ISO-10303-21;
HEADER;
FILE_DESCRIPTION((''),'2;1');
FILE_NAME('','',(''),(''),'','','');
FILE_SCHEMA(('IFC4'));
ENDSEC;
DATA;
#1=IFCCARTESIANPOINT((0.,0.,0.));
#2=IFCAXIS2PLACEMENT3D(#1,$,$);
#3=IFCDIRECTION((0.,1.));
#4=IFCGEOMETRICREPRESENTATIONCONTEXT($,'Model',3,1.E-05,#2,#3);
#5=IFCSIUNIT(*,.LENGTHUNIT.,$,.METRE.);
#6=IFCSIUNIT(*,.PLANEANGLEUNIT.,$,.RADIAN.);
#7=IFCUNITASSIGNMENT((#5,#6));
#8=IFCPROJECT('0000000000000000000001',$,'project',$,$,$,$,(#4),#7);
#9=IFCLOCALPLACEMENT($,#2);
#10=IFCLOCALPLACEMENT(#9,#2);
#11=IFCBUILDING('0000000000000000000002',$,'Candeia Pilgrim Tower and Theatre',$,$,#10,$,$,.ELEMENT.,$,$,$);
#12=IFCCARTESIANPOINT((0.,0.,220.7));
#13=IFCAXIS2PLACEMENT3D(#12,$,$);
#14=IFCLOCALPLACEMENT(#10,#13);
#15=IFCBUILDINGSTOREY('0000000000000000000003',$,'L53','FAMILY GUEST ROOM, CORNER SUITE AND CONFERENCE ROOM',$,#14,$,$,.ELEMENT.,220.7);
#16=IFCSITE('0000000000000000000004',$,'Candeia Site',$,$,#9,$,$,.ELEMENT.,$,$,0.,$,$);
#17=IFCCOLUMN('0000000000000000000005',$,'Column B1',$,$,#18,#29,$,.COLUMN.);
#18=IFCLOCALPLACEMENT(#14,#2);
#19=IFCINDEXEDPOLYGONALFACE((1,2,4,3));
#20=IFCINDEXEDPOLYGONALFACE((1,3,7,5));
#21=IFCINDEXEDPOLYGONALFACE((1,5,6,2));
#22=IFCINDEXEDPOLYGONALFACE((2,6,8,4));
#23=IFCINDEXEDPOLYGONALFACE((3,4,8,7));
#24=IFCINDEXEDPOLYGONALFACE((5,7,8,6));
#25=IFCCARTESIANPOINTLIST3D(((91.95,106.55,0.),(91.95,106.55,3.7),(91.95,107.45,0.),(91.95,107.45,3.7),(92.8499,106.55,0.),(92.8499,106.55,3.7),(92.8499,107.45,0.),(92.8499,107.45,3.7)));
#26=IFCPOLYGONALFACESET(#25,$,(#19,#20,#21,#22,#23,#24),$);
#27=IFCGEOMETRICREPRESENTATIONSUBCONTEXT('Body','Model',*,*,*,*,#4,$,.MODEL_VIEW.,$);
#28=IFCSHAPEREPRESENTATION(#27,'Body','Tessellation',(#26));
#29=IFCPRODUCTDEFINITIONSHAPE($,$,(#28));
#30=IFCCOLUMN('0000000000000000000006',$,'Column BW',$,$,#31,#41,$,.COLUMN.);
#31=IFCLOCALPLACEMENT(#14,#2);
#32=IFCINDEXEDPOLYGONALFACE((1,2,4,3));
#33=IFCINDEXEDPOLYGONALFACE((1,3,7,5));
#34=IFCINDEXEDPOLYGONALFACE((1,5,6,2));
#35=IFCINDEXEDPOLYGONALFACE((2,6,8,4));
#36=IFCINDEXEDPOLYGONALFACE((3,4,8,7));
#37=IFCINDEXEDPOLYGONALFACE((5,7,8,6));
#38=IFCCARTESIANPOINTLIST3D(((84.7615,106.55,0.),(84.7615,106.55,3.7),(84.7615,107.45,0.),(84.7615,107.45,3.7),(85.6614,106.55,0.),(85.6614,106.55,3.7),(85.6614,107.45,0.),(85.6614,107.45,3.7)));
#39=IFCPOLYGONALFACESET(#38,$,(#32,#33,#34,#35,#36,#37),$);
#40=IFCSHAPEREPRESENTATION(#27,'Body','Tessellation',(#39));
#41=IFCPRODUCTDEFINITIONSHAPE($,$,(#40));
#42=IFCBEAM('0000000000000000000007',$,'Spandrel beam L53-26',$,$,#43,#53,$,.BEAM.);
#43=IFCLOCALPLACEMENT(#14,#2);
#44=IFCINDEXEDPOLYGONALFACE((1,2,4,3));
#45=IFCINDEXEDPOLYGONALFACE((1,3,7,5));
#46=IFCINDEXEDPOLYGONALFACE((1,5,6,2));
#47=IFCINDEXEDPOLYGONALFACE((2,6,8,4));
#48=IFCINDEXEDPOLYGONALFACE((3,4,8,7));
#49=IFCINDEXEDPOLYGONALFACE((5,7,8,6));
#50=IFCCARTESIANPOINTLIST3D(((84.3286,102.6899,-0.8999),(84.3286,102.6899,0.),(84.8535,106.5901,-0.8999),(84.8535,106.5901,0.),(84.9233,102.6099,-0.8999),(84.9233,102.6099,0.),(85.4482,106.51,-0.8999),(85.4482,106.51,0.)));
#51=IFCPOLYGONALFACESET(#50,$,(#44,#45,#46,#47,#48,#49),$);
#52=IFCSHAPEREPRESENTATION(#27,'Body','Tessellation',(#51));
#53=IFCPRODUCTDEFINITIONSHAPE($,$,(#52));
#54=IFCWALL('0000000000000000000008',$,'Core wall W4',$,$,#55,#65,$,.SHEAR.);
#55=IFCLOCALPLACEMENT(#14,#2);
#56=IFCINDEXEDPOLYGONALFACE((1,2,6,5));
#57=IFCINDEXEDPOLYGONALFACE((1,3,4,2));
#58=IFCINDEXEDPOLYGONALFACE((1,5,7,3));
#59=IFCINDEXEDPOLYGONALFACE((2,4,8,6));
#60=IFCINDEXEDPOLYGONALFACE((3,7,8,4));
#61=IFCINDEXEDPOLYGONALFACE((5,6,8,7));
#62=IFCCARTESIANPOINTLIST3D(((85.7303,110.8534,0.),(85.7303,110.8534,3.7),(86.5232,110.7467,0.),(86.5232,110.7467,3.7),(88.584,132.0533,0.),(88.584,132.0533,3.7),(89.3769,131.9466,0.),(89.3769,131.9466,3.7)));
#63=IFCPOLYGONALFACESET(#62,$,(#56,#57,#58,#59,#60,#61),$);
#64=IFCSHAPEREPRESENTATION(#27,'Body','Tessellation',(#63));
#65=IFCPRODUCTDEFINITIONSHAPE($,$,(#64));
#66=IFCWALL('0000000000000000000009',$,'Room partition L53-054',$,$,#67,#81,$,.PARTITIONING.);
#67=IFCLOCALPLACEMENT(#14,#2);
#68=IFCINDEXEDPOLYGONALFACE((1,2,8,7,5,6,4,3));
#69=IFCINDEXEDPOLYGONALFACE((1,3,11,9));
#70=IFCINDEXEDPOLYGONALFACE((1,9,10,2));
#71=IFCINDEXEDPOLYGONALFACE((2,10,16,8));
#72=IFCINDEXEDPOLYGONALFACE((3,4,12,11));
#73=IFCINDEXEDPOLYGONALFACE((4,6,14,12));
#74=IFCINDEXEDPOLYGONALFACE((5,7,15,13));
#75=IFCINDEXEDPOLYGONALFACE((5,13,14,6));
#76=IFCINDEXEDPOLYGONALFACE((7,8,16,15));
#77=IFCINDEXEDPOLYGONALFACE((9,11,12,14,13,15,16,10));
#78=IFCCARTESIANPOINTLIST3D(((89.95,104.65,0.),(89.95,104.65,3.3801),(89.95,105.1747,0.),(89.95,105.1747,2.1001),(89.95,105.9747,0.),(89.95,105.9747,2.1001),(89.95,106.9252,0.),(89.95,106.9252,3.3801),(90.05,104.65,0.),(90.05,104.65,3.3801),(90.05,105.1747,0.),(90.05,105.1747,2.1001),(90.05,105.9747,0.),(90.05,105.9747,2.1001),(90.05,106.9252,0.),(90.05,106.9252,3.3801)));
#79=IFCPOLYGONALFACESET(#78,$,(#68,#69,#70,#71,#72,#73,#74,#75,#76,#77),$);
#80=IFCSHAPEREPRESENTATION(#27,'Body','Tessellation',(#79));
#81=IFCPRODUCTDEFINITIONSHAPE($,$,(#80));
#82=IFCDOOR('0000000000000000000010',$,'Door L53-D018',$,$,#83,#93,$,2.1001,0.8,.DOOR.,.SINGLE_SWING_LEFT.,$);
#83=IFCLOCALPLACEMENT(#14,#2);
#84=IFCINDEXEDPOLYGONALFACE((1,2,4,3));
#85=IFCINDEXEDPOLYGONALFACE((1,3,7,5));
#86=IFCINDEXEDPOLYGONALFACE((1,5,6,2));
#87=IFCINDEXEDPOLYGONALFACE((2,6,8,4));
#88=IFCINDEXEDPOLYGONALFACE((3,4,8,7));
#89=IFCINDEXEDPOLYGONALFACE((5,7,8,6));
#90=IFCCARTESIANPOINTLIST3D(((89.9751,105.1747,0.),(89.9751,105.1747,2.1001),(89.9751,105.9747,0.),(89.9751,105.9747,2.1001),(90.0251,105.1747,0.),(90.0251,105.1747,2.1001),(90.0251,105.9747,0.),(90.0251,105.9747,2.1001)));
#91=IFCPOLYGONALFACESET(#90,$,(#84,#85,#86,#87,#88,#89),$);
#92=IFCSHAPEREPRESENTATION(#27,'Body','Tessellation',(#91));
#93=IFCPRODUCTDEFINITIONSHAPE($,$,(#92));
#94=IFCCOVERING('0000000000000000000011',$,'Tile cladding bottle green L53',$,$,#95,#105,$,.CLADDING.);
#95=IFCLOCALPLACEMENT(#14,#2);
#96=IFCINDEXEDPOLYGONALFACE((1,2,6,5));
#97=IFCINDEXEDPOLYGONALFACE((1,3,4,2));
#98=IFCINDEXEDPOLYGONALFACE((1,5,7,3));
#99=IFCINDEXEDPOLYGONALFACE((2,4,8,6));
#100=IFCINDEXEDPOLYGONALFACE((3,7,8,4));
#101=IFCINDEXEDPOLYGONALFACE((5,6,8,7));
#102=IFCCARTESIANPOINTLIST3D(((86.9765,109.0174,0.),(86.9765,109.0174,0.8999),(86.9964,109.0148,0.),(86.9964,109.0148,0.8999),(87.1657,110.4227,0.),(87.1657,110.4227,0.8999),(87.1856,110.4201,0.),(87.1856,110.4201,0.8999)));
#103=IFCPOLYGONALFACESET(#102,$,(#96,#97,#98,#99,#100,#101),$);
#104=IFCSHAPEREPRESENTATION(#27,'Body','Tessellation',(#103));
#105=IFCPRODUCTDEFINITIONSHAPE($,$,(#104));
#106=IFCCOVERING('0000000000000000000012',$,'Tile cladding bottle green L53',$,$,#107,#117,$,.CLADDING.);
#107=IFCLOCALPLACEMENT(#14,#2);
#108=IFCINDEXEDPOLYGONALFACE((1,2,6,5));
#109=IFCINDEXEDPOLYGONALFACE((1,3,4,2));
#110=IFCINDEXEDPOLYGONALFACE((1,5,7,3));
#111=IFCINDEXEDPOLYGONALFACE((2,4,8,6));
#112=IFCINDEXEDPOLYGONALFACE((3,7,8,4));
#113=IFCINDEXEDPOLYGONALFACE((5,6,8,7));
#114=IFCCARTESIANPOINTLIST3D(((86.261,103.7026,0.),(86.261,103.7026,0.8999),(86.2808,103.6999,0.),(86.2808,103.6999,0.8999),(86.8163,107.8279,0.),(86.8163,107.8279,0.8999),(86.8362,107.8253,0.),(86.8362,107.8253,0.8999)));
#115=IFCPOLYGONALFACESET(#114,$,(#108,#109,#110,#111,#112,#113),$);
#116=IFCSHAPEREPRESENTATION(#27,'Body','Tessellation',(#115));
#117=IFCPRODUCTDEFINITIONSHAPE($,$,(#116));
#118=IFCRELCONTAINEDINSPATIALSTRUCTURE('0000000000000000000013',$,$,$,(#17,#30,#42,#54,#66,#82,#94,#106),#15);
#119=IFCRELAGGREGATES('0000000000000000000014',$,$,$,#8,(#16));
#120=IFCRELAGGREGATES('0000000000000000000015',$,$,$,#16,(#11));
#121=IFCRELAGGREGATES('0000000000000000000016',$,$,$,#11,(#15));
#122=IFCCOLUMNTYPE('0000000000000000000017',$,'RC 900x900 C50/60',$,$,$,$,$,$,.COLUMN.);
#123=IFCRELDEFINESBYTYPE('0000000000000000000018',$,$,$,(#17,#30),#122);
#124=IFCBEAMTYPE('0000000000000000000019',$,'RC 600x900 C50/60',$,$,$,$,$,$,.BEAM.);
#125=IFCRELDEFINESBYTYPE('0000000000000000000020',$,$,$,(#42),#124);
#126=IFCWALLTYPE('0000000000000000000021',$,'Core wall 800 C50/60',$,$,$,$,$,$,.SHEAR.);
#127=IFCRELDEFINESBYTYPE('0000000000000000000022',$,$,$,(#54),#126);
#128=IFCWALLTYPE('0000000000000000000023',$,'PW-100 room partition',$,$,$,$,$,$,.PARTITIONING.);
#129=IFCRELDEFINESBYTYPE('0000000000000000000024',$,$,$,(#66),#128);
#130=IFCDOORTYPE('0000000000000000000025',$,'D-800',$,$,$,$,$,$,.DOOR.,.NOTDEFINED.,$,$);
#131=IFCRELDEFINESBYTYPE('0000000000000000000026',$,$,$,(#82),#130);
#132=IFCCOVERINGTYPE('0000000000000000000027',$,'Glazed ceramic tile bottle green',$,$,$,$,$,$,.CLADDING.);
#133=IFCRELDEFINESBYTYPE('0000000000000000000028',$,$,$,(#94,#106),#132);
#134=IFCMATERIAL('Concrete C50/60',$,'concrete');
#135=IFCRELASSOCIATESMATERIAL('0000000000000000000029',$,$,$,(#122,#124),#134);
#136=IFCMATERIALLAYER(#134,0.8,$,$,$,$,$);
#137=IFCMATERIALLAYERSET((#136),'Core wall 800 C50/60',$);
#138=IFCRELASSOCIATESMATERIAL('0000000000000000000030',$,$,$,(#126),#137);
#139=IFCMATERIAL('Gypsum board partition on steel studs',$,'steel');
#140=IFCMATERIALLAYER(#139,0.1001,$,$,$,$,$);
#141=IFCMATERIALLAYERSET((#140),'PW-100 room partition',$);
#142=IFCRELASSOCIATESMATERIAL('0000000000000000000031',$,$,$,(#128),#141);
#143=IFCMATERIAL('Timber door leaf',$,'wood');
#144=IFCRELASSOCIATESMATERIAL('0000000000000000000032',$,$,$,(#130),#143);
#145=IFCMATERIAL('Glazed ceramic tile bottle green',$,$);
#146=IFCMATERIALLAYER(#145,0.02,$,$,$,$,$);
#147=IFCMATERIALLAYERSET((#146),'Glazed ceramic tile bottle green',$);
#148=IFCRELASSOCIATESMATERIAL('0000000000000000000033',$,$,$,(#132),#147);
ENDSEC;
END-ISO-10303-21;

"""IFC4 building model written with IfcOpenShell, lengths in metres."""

from ifc_helpers import new_model, si_unit, direction, frame, frame_2d, origin, origin_2d, place, context, subcontext, project, spatial, rectangle, extrude, material, layer, layer_set, material_profile, profile_set, type_object, element, fill, save


model = new_model("IFC4")

# Units and contexts
model_context = context("Model", 3, precision=1e-05, world=origin(), true_north=direction((0.0, 1.0)))
body_context = subcontext(model_context, "Body", "Model", "MODEL_VIEW")
ifc_project = project(units=[si_unit("LENGTHUNIT", "METRE"), si_unit("PLANEANGLEUNIT", "RADIAN")], contexts=[model_context])

# Site, building, storey
site_placement = place(None, origin())
site = spatial("IfcSite", under=ifc_project, at=site_placement, Name="Candeia Site", CompositionType="ELEMENT", RefElevation=0.0)
building_placement = place(site_placement, origin())
building = spatial("IfcBuilding", under=site, at=building_placement, Name="Candeia Pilgrim Tower and Theatre", CompositionType="ELEMENT")
storey_placement = place(building_placement, frame((0.0, 0.0, 220.7)))
storey = spatial("IfcBuildingStorey", under=building, at=storey_placement, Name="L53", Description="FAMILY GUEST ROOM, CORNER SUITE AND CONFERENCE ROOM", CompositionType="ELEMENT", Elevation=220.7)

# Columns
ifc_material_1 = material(Name="Concrete C50/60", Category="concrete")
ifc_material_profile_1 = material_profile(ifc_material_1, rectangle(XDim=0.8999, YDim=0.8999, at=origin_2d()))
ifc_profile_set_1 = profile_set([ifc_material_profile_1], Name="Concrete C50/60")
column_type = type_object("IfcColumnType", Name="RC 900x900 C50/60", PredefinedType="COLUMN", material=ifc_profile_set_1)
for number, where, z_axis, x_axis, name in (
    (1, (92.3999, 107.0, 0.0), (0.0, 0.0, 1.0), (1.0, 0.0, 0.0), "Column B1"),
    (2, (85.2114, 107.0, 0.0), (0.0, 0.0, 1.0), (1.0, 0.0, 0.0), "Column BW"),
):
    element("IfcColumn", number, at=place(storey_placement, frame(where, z_axis=z_axis, x_axis=x_axis)), inside=storey, type_object=column_type, Name=name, PredefinedType="COLUMN", context=body_context, shape_type="SweptSolid", body=[
        extrude(rectangle(XDim=0.8999, YDim=0.8999, at=origin_2d()), origin(), (0.0, 0.0, 1.0), 3.7),
    ])

# Beam
ifc_material_profile_2 = material_profile(ifc_material_1, rectangle(XDim=0.6001, YDim=0.8999, at=origin_2d()))
ifc_profile_set_2 = profile_set([ifc_material_profile_2], Name="Concrete C50/60")
beam_type = type_object("IfcBeamType", Name="RC 600x900 C50/60", PredefinedType="BEAM", material=ifc_profile_set_2)
beam_placement = place(storey_placement, frame((85.1509, 106.55, -0.45), z_axis=(-0.133383, -0.991065, 0.0), x_axis=(0.991065, -0.133383, 0.0)))
element("IfcBeam", 3, at=beam_placement, inside=storey, type_object=beam_type, Name="Spandrel beam L53-26", PredefinedType="BEAM", context=body_context, shape_type="SweptSolid", body=[
    extrude(rectangle(XDim=0.6001, YDim=0.8999, at=origin_2d()), origin(), (0.0, 0.0, 1.0), 3.9353),
])

# Wall
ifc_layer_1 = layer(ifc_material_1, 0.8)
ifc_layer_set_1 = layer_set([ifc_layer_1], Name="Core wall 800 C50/60")
wall_type_1 = type_object("IfcWallType", Name="Core wall 800 C50/60", PredefinedType="SHEAR", material=ifc_layer_set_1)
wall_1_placement = place(storey_placement, frame((86.1267, 110.8, 0.0), z_axis=(0.0, 0.0, 1.0), x_axis=(0.133408, 0.991061, 0.0)))
element("IfcWall", 4, at=wall_1_placement, inside=storey, type_object=wall_type_1, Name="Core wall W4", PredefinedType="SHEAR", context=body_context, shape_type="SweptSolid", body=[
    extrude(rectangle(XDim=21.3911, YDim=0.8, at=frame_2d((10.6956, 0.0))), origin(), (0.0, 0.0, 1.0), 3.7),
])

# Wall, opening, door
ifc_material_2 = material(Name="Gypsum board partition on steel studs", Category="steel")
ifc_layer_2 = layer(ifc_material_2, 0.1001)
ifc_layer_set_2 = layer_set([ifc_layer_2], Name="PW-100 room partition")
wall_type_2 = type_object("IfcWallType", Name="PW-100 room partition", PredefinedType="PARTITIONING", material=ifc_layer_set_2)
wall_2_placement = place(storey_placement, frame((90.0, 104.6499, 0.0), z_axis=(0.0, 0.0, 1.0), x_axis=(0.0, 1.0, 0.0)))
wall_2 = element("IfcWall", 5, at=wall_2_placement, inside=storey, type_object=wall_type_2, Name="Room partition L53-054", PredefinedType="PARTITIONING", context=body_context, shape_type="SweptSolid", body=[
    extrude(rectangle(XDim=2.2751, YDim=0.1001, at=frame_2d((1.1377, 0.0))), origin(), (0.0, 0.0, 1.0), 3.3801),
])
opening_1_placement = place(wall_2_placement, frame((0.5249, 0.0, 0.0)))
opening_1 = element("IfcOpeningElement", 6, at=opening_1_placement, cuts=wall_2, PredefinedType="OPENING", context=body_context, shape_type="SweptSolid", body=[
    extrude(rectangle(XDim=0.8, YDim=2.1001, at=frame_2d((0.3999, 1.05))), frame((0.0, 0.0601, 0.0), z_axis=(0.0, -1.0, 0.0), x_axis=(1.0, 0.0, 0.0)), (0.0, 0.0, 1.0), 0.1201),
])
ifc_material_3 = material(Name="Timber door leaf", Category="wood")
door_type_1 = type_object("IfcDoorType", Name="D-800", OperationType="NOTDEFINED", PredefinedType="DOOR", material=ifc_material_3)
door_1_placement = place(opening_1_placement, origin())
door_1 = element("IfcDoor", 7, at=door_1_placement, inside=storey, type_object=door_type_1, Name="Door L53-D018", OperationType="SINGLE_SWING_LEFT", OverallHeight=2.1001, OverallWidth=0.8, PredefinedType="DOOR", context=body_context, shape_type="SweptSolid", body=[
    extrude(rectangle(XDim=0.8, YDim=2.1001, at=frame_2d((0.3999, 1.05))), frame((0.0, 0.0249, 0.0), z_axis=(0.0, -1.0, 0.0), x_axis=(1.0, 0.0, 0.0)), (0.0, 0.0, 1.0), 0.05),
])
fill(opening_1, door_1)

# Coverings
ifc_material_4 = material(Name="Glazed ceramic tile bottle green")
ifc_layer_3 = layer(ifc_material_4, 0.02)
ifc_layer_set_3 = layer_set([ifc_layer_3], Name="Glazed ceramic tile bottle green")
covering_type = type_object("IfcCoveringType", Name="Glazed ceramic tile bottle green", PredefinedType="CLADDING", material=ifc_layer_set_3)
covering_1_placement = place(storey_placement, frame((87.0811, 109.7188, 0.0), z_axis=(0.0, 0.0, 1.0), x_axis=(-0.133412, -0.991061, 0.0)))
element("IfcCovering", 8, at=covering_1_placement, inside=storey, type_object=covering_type, Name="Tile cladding bottle green L53", PredefinedType="CLADDING", context=body_context, shape_type="SweptSolid", body=[
    extrude(rectangle(XDim=1.418, YDim=0.02, at=origin_2d()), origin(), (0.0, 0.0, 1.0), 0.8999),
])
covering_2_placement = place(storey_placement, frame((86.5486, 105.7639, 0.0), z_axis=(0.0, 0.0, 1.0), x_axis=(-0.133412, -0.991061, 0.0)))
element("IfcCovering", 9, at=covering_2_placement, inside=storey, type_object=covering_type, Name="Tile cladding bottle green L53", PredefinedType="CLADDING", context=body_context, shape_type="SweptSolid", body=[
    extrude(rectangle(XDim=4.1626, YDim=0.02, at=origin_2d()), origin(), (0.0, 0.0, 1.0), 0.8999),
])

save(model, "model.ifc")
